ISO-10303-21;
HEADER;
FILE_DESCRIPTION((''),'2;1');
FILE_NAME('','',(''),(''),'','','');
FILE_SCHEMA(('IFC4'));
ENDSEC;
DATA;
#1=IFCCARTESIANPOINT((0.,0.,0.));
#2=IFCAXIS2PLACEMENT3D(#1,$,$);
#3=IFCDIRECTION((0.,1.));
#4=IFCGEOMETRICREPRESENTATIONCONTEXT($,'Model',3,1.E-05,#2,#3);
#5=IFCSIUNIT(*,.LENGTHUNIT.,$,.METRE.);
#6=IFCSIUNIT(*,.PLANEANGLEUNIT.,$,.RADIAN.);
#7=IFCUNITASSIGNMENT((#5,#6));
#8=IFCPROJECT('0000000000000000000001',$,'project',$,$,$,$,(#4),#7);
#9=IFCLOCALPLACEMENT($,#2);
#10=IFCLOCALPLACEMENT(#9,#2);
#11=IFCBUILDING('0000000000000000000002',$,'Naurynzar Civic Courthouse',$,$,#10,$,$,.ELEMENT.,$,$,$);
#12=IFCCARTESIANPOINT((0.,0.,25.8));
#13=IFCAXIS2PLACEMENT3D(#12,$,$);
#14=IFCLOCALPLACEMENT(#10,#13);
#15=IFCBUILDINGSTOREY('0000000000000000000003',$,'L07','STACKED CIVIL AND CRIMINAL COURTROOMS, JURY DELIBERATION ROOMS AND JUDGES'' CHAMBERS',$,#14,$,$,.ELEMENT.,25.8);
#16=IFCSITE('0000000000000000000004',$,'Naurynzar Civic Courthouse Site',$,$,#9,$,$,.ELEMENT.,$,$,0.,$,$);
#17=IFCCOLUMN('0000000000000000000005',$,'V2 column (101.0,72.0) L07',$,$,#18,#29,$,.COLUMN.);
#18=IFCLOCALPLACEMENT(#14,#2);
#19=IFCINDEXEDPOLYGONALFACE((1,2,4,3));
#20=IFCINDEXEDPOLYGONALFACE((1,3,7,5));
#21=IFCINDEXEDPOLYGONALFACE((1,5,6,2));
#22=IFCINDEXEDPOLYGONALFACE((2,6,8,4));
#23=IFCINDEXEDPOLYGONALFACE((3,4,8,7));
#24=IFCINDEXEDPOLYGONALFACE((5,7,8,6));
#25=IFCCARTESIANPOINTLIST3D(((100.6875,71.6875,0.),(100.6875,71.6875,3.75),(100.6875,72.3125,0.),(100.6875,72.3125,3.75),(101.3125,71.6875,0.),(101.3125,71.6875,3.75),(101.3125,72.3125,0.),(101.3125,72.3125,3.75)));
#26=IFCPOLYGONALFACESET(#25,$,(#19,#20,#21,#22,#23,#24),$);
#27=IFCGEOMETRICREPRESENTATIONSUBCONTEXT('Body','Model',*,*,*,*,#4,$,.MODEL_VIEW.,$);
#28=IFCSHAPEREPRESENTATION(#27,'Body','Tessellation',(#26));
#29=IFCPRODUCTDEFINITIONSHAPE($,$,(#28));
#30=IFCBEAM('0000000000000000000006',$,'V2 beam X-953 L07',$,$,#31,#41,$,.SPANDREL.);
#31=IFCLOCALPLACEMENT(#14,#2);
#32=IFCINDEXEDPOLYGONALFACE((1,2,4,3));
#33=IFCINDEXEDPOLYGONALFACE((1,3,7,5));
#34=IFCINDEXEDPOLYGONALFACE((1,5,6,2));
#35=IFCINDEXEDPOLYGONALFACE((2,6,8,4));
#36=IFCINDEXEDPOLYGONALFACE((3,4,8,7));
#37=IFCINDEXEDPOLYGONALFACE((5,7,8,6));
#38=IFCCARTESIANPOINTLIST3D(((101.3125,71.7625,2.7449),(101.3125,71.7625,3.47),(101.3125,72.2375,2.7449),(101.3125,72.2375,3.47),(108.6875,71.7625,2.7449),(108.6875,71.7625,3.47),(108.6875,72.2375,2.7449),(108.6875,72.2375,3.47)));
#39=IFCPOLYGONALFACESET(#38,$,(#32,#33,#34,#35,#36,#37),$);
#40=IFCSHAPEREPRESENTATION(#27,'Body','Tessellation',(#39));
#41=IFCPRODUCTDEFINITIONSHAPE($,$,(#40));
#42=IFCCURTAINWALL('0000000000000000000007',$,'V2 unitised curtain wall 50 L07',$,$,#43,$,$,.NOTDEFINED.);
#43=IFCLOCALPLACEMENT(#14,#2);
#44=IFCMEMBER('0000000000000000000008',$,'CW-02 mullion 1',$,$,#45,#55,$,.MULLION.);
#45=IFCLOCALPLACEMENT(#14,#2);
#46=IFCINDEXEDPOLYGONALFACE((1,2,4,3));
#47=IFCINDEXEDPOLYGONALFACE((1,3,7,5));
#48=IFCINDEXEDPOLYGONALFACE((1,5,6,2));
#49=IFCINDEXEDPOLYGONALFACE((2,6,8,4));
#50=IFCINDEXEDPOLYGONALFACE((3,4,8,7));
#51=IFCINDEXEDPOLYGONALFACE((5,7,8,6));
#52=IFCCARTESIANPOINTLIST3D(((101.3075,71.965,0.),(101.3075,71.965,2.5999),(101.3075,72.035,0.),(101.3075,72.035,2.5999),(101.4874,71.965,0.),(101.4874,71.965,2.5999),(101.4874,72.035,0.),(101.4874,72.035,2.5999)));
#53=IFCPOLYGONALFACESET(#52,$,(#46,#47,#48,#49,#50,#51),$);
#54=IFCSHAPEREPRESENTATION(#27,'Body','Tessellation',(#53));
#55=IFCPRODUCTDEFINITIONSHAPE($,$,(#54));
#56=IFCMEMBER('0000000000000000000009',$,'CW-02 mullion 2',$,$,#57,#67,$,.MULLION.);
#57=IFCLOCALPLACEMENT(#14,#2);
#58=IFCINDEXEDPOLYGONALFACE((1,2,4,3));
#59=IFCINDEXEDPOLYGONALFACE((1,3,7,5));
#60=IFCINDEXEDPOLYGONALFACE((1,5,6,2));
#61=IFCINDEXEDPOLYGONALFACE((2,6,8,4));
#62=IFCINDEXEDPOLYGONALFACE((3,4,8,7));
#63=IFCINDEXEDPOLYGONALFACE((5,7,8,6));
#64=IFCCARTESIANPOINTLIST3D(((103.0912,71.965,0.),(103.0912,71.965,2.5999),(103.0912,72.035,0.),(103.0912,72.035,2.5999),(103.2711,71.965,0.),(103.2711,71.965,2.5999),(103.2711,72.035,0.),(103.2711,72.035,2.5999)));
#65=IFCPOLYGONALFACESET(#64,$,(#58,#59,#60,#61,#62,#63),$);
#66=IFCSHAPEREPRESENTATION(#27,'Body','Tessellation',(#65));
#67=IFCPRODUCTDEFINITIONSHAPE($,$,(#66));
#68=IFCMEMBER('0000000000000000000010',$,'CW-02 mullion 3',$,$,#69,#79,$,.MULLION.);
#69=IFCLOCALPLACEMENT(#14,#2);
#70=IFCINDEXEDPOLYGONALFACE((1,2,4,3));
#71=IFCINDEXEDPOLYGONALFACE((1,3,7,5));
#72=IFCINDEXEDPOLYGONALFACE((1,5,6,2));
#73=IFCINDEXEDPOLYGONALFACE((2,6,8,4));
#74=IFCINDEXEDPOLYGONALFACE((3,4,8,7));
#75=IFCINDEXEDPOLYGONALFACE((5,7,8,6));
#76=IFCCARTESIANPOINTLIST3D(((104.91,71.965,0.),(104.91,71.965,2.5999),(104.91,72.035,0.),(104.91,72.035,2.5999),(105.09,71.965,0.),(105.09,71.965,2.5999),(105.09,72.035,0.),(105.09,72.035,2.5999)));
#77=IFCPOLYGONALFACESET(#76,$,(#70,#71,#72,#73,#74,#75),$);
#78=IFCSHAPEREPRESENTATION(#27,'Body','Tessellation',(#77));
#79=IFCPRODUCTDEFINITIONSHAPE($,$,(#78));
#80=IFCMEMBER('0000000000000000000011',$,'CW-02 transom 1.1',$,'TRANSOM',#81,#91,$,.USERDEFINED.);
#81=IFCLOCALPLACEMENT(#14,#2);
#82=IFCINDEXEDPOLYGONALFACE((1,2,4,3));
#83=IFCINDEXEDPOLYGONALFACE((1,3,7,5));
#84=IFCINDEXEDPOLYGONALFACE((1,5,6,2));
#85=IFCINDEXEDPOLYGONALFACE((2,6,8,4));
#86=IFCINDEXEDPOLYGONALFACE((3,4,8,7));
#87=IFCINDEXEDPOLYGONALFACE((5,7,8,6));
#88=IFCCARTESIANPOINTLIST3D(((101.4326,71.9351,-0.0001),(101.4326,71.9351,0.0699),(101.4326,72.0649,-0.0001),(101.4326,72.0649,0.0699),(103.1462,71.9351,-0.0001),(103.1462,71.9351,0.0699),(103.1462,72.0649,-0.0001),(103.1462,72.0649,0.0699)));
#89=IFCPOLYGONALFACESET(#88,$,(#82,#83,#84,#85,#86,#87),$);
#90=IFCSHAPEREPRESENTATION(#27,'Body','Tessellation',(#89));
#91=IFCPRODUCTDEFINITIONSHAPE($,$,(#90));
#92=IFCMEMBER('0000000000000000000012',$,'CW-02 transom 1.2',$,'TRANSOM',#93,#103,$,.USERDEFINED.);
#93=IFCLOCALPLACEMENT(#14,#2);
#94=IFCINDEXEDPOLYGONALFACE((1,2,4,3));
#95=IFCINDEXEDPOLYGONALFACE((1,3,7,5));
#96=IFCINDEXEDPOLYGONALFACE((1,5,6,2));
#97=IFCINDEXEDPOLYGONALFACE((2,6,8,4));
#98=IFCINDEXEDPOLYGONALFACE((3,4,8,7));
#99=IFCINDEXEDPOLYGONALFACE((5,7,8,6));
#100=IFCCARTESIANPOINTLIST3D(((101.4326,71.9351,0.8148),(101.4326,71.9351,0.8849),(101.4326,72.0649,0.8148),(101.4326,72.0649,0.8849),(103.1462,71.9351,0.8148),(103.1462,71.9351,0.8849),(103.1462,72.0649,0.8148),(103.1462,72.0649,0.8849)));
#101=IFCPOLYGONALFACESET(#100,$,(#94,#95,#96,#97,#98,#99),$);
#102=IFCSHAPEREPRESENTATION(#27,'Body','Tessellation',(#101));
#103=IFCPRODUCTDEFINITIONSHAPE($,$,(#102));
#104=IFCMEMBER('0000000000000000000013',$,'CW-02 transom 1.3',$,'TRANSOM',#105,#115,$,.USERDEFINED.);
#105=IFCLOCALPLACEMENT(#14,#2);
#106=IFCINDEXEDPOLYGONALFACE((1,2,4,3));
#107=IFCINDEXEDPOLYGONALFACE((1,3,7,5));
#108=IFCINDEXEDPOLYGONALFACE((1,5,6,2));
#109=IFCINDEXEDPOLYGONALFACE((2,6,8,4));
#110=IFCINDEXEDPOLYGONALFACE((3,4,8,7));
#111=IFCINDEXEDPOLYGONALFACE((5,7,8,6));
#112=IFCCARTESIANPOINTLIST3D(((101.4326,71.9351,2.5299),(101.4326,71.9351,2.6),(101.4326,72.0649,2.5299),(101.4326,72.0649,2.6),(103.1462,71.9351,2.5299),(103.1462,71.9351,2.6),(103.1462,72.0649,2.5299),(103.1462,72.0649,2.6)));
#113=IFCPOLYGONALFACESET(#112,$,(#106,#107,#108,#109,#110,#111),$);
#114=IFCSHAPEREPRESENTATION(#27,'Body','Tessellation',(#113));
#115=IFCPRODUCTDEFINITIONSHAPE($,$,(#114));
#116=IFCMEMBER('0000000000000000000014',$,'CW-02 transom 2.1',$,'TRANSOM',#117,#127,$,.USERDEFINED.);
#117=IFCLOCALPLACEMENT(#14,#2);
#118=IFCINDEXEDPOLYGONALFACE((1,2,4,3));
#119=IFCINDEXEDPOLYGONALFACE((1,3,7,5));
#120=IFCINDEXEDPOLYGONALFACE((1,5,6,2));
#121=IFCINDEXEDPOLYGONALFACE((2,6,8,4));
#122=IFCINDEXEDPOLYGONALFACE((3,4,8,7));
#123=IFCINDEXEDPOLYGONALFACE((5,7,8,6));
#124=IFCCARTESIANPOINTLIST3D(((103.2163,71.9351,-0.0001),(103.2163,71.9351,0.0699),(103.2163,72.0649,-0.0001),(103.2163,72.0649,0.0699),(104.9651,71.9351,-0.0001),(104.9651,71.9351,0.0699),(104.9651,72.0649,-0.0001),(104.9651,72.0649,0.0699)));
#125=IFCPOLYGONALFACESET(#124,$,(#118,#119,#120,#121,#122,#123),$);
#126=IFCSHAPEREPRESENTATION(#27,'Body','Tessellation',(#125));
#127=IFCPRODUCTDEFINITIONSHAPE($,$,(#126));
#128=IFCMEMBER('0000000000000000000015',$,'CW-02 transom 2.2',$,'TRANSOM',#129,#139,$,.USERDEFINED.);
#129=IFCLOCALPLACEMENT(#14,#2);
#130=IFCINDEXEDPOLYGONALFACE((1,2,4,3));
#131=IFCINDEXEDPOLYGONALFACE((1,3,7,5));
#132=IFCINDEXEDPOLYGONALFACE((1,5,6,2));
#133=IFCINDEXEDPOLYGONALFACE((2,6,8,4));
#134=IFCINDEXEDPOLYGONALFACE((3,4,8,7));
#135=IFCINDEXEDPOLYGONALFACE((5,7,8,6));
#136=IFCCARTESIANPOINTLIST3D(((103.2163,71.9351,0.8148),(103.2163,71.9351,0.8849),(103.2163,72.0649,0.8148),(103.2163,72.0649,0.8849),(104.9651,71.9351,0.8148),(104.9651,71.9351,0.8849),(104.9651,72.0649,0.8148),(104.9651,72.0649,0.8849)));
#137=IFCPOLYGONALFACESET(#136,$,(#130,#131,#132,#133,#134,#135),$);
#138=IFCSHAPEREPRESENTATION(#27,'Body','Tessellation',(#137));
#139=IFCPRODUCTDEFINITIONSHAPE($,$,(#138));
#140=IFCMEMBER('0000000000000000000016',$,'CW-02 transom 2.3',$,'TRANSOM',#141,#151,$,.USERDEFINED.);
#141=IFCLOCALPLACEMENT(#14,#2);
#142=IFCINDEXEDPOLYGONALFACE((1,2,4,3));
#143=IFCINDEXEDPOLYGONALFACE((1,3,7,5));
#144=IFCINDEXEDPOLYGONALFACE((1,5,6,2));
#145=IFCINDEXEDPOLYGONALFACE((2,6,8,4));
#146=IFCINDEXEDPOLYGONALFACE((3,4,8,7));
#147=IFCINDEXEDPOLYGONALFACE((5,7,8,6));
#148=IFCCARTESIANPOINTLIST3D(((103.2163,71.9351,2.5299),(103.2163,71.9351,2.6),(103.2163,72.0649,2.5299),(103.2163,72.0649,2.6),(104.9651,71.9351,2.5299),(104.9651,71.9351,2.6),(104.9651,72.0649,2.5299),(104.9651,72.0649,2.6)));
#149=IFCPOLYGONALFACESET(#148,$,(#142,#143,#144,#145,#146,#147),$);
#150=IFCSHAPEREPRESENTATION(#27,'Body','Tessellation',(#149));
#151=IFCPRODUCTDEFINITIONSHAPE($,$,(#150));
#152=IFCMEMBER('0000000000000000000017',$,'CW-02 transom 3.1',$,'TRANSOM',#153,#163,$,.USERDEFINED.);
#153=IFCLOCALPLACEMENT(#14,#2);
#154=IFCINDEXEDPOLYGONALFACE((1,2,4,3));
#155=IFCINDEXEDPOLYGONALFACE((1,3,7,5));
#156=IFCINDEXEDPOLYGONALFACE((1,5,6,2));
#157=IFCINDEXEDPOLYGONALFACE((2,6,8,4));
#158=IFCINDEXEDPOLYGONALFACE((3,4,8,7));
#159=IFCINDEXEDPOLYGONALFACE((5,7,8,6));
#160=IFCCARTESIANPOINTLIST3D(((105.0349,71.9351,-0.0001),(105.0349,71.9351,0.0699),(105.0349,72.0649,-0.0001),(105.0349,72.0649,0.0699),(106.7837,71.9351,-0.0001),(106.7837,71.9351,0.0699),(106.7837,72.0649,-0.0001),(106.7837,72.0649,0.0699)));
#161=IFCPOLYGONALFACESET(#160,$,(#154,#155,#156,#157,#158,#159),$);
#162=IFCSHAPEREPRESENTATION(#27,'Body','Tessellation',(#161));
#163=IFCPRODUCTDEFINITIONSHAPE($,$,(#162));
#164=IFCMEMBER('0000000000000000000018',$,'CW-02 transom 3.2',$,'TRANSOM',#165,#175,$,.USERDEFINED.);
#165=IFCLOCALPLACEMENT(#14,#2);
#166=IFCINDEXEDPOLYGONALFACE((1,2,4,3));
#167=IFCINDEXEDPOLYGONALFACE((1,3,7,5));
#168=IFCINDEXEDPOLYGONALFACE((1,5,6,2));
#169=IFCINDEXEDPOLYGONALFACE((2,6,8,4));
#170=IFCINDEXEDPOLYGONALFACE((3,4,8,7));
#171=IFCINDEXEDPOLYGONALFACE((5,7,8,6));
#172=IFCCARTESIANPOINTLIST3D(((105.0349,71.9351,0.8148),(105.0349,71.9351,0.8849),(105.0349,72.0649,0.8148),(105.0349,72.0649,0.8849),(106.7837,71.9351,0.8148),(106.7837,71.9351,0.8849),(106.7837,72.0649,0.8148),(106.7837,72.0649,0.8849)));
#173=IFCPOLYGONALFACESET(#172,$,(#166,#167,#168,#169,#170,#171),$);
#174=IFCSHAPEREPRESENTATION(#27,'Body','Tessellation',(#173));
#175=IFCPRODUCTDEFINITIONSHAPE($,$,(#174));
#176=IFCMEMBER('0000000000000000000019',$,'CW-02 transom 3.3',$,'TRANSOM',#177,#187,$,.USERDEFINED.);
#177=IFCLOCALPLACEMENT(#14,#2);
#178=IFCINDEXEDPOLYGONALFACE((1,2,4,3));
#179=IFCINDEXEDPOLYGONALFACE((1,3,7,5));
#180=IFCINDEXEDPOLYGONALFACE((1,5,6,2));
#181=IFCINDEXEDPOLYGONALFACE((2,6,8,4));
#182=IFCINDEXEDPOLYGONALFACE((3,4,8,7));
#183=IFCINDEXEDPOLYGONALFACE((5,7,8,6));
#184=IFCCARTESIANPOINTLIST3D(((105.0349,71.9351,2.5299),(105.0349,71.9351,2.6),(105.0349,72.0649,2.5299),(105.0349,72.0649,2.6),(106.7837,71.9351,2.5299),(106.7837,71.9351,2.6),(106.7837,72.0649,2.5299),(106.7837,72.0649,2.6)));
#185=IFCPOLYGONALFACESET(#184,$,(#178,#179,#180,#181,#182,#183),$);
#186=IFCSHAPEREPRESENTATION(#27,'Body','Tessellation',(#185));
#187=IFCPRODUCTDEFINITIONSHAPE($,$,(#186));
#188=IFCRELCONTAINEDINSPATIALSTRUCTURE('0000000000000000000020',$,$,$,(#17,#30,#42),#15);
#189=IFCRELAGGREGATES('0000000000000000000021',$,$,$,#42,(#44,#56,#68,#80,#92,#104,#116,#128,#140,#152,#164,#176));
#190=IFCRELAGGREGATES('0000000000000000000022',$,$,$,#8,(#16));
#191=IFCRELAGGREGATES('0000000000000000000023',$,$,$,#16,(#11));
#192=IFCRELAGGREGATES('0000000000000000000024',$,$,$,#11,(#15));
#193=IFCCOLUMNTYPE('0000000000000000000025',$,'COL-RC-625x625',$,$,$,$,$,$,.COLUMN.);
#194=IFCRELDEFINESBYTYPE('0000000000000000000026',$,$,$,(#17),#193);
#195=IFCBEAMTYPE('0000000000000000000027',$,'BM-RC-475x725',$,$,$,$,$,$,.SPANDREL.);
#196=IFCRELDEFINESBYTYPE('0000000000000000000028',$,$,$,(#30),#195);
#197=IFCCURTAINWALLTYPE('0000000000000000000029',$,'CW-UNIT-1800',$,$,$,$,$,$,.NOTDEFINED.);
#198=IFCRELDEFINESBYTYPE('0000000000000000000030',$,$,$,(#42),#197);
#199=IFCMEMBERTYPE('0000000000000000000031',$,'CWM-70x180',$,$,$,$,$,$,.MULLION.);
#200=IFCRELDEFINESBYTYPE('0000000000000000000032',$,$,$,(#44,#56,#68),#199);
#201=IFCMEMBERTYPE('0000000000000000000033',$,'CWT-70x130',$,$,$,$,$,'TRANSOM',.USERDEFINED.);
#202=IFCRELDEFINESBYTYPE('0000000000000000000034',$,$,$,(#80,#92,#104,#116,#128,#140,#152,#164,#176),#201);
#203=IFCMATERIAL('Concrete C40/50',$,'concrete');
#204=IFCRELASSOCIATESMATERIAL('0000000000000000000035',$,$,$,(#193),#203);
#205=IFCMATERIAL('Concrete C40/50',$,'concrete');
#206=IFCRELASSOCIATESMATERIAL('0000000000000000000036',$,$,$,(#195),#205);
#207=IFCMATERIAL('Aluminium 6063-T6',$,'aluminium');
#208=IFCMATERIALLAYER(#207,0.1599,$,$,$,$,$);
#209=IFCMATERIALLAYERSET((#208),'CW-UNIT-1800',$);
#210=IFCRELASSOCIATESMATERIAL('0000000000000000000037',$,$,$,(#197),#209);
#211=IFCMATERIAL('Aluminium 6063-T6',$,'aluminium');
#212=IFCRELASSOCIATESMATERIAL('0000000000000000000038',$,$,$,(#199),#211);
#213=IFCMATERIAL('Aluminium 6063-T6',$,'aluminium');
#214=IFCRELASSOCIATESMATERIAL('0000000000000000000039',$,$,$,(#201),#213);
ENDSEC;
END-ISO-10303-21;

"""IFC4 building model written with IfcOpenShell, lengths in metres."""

from ifc_helpers import new_model, si_unit, direction, frame, origin, origin_2d, place, context, subcontext, project, spatial, rectangle, extrude, material, layer, layer_set, material_profile, profile_set, type_object, element, aggregate, save


model = new_model("IFC4")

# Units and contexts
model_context = context("Model", 3, precision=1e-05, world=origin(), true_north=direction((0.0, 1.0)))
body_context = subcontext(model_context, "Body", "Model", "MODEL_VIEW")
ifc_project = project(units=[si_unit("LENGTHUNIT", "METRE"), si_unit("PLANEANGLEUNIT", "RADIAN")], contexts=[model_context])

# Site, building, storey
site_placement = place(None, origin())
site = spatial("IfcSite", under=ifc_project, at=site_placement, Name="Naurynzar Civic Courthouse Site", CompositionType="ELEMENT", RefElevation=0.0)
building_placement = place(site_placement, origin())
building = spatial("IfcBuilding", under=site, at=building_placement, Name="Naurynzar Civic Courthouse", CompositionType="ELEMENT")
storey_placement = place(building_placement, frame((0.0, 0.0, 25.8)))
storey = spatial("IfcBuildingStorey", under=building, at=storey_placement, Name="L07", Description="STACKED CIVIL AND CRIMINAL COURTROOMS, JURY DELIBERATION ROOMS AND JUDGES' CHAMBERS", CompositionType="ELEMENT", Elevation=25.8)

# Column
ifc_material_1 = material(Name="Concrete C40/50", Category="concrete")
ifc_material_profile_1 = material_profile(ifc_material_1, rectangle(XDim=0.625, YDim=0.625, at=origin_2d()), Name="RC 625x625")
ifc_profile_set_1 = profile_set([ifc_material_profile_1], Name="Concrete C40/50")
column_type = type_object("IfcColumnType", Name="COL-RC-625x625", PredefinedType="COLUMN", material=ifc_profile_set_1)
column_placement = place(storey_placement, frame((101.0, 72.0, 0.0), z_axis=(0.0, 0.0, 1.0), x_axis=(1.0, 0.0, 0.0)))
element("IfcColumn", 1, at=column_placement, inside=storey, type_object=column_type, Name="V2 column (101.0,72.0) L07", PredefinedType="COLUMN", context=body_context, shape_type="SweptSolid", body=[
    extrude(rectangle(XDim=0.625, YDim=0.625, at=origin_2d()), origin(), (0.0, 0.0, 1.0), 3.75),
])

# Beam
ifc_material_2 = material(Name="Concrete C40/50", Category="concrete")
ifc_material_profile_2 = material_profile(ifc_material_2, rectangle(XDim=0.4751, YDim=0.7251, at=origin_2d()), Name="RCB 475x725")
ifc_profile_set_2 = profile_set([ifc_material_profile_2], Name="Concrete C40/50")
beam_type = type_object("IfcBeamType", Name="BM-RC-475x725", PredefinedType="SPANDREL", material=ifc_profile_set_2)
beam_placement = place(storey_placement, frame((101.3125, 72.0, 3.1074), z_axis=(1.0, 0.0, 0.0), x_axis=(0.0, 1.0, 0.0)))
element("IfcBeam", 2, at=beam_placement, inside=storey, type_object=beam_type, Name="V2 beam X-953 L07", PredefinedType="SPANDREL", context=body_context, shape_type="SweptSolid", body=[
    extrude(rectangle(XDim=0.4751, YDim=0.7251, at=origin_2d()), origin(), (0.0, 0.0, 1.0), 7.375),
])

# Curtain wall, members
ifc_material_3 = material(Name="Aluminium 6063-T6", Category="aluminium")
ifc_layer_1 = layer(ifc_material_3, 0.1599)
ifc_layer_set_1 = layer_set([ifc_layer_1], Name="CW-UNIT-1800")
curtain_wall_type = type_object("IfcCurtainWallType", Name="CW-UNIT-1800", PredefinedType="NOTDEFINED", material=ifc_layer_set_1)
curtain_wall_placement = place(storey_placement, origin())
curtain_wall = element("IfcCurtainWall", 3, at=curtain_wall_placement, inside=storey, type_object=curtain_wall_type, Name="V2 unitised curtain wall 50 L07", PredefinedType="NOTDEFINED")
ifc_material_4 = material(Name="Aluminium 6063-T6", Category="aluminium")
ifc_material_profile_3 = material_profile(ifc_material_4, rectangle(XDim=0.0701, YDim=0.1799, at=origin_2d()), Name="ALU MULLION 70x180")
ifc_profile_set_3 = profile_set([ifc_material_profile_3], Name="Aluminium 6063-T6")
member_type_1 = type_object("IfcMemberType", Name="CWM-70x180", PredefinedType="MULLION", material=ifc_profile_set_3)
member_1_placement = place(storey_placement, frame((101.3975, 72.0, 0.0), z_axis=(0.0, 0.0, 1.0), x_axis=(0.0, 1.0, 0.0)))
member_1 = element("IfcMember", 4, at=member_1_placement, type_object=member_type_1, Name="CW-02 mullion 1", PredefinedType="MULLION", context=body_context, shape_type="SweptSolid", body=[
    extrude(rectangle(XDim=0.0701, YDim=0.1799, at=origin_2d()), origin(), (0.0, 0.0, 1.0), 2.5999),
])
member_2_placement = place(storey_placement, frame((103.1812, 72.0, 0.0), z_axis=(0.0, 0.0, 1.0), x_axis=(0.0, 1.0, 0.0)))
member_2 = element("IfcMember", 5, at=member_2_placement, type_object=member_type_1, Name="CW-02 mullion 2", PredefinedType="MULLION", context=body_context, shape_type="SweptSolid", body=[
    extrude(rectangle(XDim=0.0701, YDim=0.1799, at=origin_2d()), origin(), (0.0, 0.0, 1.0), 2.5999),
])
member_3_placement = place(storey_placement, frame((105.0, 72.0, 0.0), z_axis=(0.0, 0.0, 1.0), x_axis=(0.0, 1.0, 0.0)))
member_3 = element("IfcMember", 6, at=member_3_placement, type_object=member_type_1, Name="CW-02 mullion 3", PredefinedType="MULLION", context=body_context, shape_type="SweptSolid", body=[
    extrude(rectangle(XDim=0.0701, YDim=0.1799, at=origin_2d()), origin(), (0.0, 0.0, 1.0), 2.5999),
])
ifc_material_5 = material(Name="Aluminium 6063-T6", Category="aluminium")
ifc_material_profile_4 = material_profile(ifc_material_5, rectangle(XDim=0.1299, YDim=0.0701, at=origin_2d()), Name="ALU TRANSOM 70x130")
ifc_profile_set_4 = profile_set([ifc_material_profile_4], Name="Aluminium 6063-T6")
member_type_2 = type_object("IfcMemberType", Name="CWT-70x130", ElementType="TRANSOM", PredefinedType="USERDEFINED", material=ifc_profile_set_4)
member_4_placement = place(storey_placement, frame((101.4326, 72.0, 0.0349), z_axis=(1.0, 0.0, 0.0), x_axis=(0.0, 1.0, 0.0)))
member_4 = element("IfcMember", 7, at=member_4_placement, type_object=member_type_2, Name="CW-02 transom 1.1", ObjectType="TRANSOM", PredefinedType="USERDEFINED", context=body_context, shape_type="SweptSolid", body=[
    extrude(rectangle(XDim=0.1299, YDim=0.0701, at=origin_2d()), origin(), (0.0, 0.0, 1.0), 1.7136),
])
member_5_placement = place(storey_placement, frame((101.4326, 72.0, 0.8499), z_axis=(1.0, 0.0, 0.0), x_axis=(0.0, 1.0, 0.0)))
member_5 = element("IfcMember", 8, at=member_5_placement, type_object=member_type_2, Name="CW-02 transom 1.2", ObjectType="TRANSOM", PredefinedType="USERDEFINED", context=body_context, shape_type="SweptSolid", body=[
    extrude(rectangle(XDim=0.1299, YDim=0.0701, at=origin_2d()), origin(), (0.0, 0.0, 1.0), 1.7136),
])
member_6_placement = place(storey_placement, frame((101.4326, 72.0, 2.5649), z_axis=(1.0, 0.0, 0.0), x_axis=(0.0, 1.0, 0.0)))
member_6 = element("IfcMember", 9, at=member_6_placement, type_object=member_type_2, Name="CW-02 transom 1.3", ObjectType="TRANSOM", PredefinedType="USERDEFINED", context=body_context, shape_type="SweptSolid", body=[
    extrude(rectangle(XDim=0.1299, YDim=0.0701, at=origin_2d()), origin(), (0.0, 0.0, 1.0), 1.7136),
])
member_7_placement = place(storey_placement, frame((103.2163, 72.0, 0.0349), z_axis=(1.0, 0.0, 0.0), x_axis=(0.0, 1.0, 0.0)))
member_7 = element("IfcMember", 10, at=member_7_placement, type_object=member_type_2, Name="CW-02 transom 2.1", ObjectType="TRANSOM", PredefinedType="USERDEFINED", context=body_context, shape_type="SweptSolid", body=[
    extrude(rectangle(XDim=0.1299, YDim=0.0701, at=origin_2d()), origin(), (0.0, 0.0, 1.0), 1.7488),
])
member_8_placement = place(storey_placement, frame((103.2163, 72.0, 0.8499), z_axis=(1.0, 0.0, 0.0), x_axis=(0.0, 1.0, 0.0)))
member_8 = element("IfcMember", 11, at=member_8_placement, type_object=member_type_2, Name="CW-02 transom 2.2", ObjectType="TRANSOM", PredefinedType="USERDEFINED", context=body_context, shape_type="SweptSolid", body=[
    extrude(rectangle(XDim=0.1299, YDim=0.0701, at=origin_2d()), origin(), (0.0, 0.0, 1.0), 1.7488),
])
member_9_placement = place(storey_placement, frame((103.2163, 72.0, 2.5649), z_axis=(1.0, 0.0, 0.0), x_axis=(0.0, 1.0, 0.0)))
member_9 = element("IfcMember", 12, at=member_9_placement, type_object=member_type_2, Name="CW-02 transom 2.3", ObjectType="TRANSOM", PredefinedType="USERDEFINED", context=body_context, shape_type="SweptSolid", body=[
    extrude(rectangle(XDim=0.1299, YDim=0.0701, at=origin_2d()), origin(), (0.0, 0.0, 1.0), 1.7488),
])
member_10_placement = place(storey_placement, frame((105.0349, 72.0, 0.0349), z_axis=(1.0, 0.0, 0.0), x_axis=(0.0, 1.0, 0.0)))
member_10 = element("IfcMember", 13, at=member_10_placement, type_object=member_type_2, Name="CW-02 transom 3.1", ObjectType="TRANSOM", PredefinedType="USERDEFINED", context=body_context, shape_type="SweptSolid", body=[
    extrude(rectangle(XDim=0.1299, YDim=0.0701, at=origin_2d()), origin(), (0.0, 0.0, 1.0), 1.7488),
])
member_11_placement = place(storey_placement, frame((105.0349, 72.0, 0.8499), z_axis=(1.0, 0.0, 0.0), x_axis=(0.0, 1.0, 0.0)))
member_11 = element("IfcMember", 14, at=member_11_placement, type_object=member_type_2, Name="CW-02 transom 3.2", ObjectType="TRANSOM", PredefinedType="USERDEFINED", context=body_context, shape_type="SweptSolid", body=[
    extrude(rectangle(XDim=0.1299, YDim=0.0701, at=origin_2d()), origin(), (0.0, 0.0, 1.0), 1.7488),
])
member_12_placement = place(storey_placement, frame((105.0349, 72.0, 2.5649), z_axis=(1.0, 0.0, 0.0), x_axis=(0.0, 1.0, 0.0)))
member_12 = element("IfcMember", 15, at=member_12_placement, type_object=member_type_2, Name="CW-02 transom 3.3", ObjectType="TRANSOM", PredefinedType="USERDEFINED", context=body_context, shape_type="SweptSolid", body=[
    extrude(rectangle(XDim=0.1299, YDim=0.0701, at=origin_2d()), origin(), (0.0, 0.0, 1.0), 1.7488),
])
aggregate(curtain_wall, [member_1, member_2, member_3, member_4, member_5, member_6, member_7, member_8, member_9, member_10, member_11, member_12])

save(model, "model.ifc")
